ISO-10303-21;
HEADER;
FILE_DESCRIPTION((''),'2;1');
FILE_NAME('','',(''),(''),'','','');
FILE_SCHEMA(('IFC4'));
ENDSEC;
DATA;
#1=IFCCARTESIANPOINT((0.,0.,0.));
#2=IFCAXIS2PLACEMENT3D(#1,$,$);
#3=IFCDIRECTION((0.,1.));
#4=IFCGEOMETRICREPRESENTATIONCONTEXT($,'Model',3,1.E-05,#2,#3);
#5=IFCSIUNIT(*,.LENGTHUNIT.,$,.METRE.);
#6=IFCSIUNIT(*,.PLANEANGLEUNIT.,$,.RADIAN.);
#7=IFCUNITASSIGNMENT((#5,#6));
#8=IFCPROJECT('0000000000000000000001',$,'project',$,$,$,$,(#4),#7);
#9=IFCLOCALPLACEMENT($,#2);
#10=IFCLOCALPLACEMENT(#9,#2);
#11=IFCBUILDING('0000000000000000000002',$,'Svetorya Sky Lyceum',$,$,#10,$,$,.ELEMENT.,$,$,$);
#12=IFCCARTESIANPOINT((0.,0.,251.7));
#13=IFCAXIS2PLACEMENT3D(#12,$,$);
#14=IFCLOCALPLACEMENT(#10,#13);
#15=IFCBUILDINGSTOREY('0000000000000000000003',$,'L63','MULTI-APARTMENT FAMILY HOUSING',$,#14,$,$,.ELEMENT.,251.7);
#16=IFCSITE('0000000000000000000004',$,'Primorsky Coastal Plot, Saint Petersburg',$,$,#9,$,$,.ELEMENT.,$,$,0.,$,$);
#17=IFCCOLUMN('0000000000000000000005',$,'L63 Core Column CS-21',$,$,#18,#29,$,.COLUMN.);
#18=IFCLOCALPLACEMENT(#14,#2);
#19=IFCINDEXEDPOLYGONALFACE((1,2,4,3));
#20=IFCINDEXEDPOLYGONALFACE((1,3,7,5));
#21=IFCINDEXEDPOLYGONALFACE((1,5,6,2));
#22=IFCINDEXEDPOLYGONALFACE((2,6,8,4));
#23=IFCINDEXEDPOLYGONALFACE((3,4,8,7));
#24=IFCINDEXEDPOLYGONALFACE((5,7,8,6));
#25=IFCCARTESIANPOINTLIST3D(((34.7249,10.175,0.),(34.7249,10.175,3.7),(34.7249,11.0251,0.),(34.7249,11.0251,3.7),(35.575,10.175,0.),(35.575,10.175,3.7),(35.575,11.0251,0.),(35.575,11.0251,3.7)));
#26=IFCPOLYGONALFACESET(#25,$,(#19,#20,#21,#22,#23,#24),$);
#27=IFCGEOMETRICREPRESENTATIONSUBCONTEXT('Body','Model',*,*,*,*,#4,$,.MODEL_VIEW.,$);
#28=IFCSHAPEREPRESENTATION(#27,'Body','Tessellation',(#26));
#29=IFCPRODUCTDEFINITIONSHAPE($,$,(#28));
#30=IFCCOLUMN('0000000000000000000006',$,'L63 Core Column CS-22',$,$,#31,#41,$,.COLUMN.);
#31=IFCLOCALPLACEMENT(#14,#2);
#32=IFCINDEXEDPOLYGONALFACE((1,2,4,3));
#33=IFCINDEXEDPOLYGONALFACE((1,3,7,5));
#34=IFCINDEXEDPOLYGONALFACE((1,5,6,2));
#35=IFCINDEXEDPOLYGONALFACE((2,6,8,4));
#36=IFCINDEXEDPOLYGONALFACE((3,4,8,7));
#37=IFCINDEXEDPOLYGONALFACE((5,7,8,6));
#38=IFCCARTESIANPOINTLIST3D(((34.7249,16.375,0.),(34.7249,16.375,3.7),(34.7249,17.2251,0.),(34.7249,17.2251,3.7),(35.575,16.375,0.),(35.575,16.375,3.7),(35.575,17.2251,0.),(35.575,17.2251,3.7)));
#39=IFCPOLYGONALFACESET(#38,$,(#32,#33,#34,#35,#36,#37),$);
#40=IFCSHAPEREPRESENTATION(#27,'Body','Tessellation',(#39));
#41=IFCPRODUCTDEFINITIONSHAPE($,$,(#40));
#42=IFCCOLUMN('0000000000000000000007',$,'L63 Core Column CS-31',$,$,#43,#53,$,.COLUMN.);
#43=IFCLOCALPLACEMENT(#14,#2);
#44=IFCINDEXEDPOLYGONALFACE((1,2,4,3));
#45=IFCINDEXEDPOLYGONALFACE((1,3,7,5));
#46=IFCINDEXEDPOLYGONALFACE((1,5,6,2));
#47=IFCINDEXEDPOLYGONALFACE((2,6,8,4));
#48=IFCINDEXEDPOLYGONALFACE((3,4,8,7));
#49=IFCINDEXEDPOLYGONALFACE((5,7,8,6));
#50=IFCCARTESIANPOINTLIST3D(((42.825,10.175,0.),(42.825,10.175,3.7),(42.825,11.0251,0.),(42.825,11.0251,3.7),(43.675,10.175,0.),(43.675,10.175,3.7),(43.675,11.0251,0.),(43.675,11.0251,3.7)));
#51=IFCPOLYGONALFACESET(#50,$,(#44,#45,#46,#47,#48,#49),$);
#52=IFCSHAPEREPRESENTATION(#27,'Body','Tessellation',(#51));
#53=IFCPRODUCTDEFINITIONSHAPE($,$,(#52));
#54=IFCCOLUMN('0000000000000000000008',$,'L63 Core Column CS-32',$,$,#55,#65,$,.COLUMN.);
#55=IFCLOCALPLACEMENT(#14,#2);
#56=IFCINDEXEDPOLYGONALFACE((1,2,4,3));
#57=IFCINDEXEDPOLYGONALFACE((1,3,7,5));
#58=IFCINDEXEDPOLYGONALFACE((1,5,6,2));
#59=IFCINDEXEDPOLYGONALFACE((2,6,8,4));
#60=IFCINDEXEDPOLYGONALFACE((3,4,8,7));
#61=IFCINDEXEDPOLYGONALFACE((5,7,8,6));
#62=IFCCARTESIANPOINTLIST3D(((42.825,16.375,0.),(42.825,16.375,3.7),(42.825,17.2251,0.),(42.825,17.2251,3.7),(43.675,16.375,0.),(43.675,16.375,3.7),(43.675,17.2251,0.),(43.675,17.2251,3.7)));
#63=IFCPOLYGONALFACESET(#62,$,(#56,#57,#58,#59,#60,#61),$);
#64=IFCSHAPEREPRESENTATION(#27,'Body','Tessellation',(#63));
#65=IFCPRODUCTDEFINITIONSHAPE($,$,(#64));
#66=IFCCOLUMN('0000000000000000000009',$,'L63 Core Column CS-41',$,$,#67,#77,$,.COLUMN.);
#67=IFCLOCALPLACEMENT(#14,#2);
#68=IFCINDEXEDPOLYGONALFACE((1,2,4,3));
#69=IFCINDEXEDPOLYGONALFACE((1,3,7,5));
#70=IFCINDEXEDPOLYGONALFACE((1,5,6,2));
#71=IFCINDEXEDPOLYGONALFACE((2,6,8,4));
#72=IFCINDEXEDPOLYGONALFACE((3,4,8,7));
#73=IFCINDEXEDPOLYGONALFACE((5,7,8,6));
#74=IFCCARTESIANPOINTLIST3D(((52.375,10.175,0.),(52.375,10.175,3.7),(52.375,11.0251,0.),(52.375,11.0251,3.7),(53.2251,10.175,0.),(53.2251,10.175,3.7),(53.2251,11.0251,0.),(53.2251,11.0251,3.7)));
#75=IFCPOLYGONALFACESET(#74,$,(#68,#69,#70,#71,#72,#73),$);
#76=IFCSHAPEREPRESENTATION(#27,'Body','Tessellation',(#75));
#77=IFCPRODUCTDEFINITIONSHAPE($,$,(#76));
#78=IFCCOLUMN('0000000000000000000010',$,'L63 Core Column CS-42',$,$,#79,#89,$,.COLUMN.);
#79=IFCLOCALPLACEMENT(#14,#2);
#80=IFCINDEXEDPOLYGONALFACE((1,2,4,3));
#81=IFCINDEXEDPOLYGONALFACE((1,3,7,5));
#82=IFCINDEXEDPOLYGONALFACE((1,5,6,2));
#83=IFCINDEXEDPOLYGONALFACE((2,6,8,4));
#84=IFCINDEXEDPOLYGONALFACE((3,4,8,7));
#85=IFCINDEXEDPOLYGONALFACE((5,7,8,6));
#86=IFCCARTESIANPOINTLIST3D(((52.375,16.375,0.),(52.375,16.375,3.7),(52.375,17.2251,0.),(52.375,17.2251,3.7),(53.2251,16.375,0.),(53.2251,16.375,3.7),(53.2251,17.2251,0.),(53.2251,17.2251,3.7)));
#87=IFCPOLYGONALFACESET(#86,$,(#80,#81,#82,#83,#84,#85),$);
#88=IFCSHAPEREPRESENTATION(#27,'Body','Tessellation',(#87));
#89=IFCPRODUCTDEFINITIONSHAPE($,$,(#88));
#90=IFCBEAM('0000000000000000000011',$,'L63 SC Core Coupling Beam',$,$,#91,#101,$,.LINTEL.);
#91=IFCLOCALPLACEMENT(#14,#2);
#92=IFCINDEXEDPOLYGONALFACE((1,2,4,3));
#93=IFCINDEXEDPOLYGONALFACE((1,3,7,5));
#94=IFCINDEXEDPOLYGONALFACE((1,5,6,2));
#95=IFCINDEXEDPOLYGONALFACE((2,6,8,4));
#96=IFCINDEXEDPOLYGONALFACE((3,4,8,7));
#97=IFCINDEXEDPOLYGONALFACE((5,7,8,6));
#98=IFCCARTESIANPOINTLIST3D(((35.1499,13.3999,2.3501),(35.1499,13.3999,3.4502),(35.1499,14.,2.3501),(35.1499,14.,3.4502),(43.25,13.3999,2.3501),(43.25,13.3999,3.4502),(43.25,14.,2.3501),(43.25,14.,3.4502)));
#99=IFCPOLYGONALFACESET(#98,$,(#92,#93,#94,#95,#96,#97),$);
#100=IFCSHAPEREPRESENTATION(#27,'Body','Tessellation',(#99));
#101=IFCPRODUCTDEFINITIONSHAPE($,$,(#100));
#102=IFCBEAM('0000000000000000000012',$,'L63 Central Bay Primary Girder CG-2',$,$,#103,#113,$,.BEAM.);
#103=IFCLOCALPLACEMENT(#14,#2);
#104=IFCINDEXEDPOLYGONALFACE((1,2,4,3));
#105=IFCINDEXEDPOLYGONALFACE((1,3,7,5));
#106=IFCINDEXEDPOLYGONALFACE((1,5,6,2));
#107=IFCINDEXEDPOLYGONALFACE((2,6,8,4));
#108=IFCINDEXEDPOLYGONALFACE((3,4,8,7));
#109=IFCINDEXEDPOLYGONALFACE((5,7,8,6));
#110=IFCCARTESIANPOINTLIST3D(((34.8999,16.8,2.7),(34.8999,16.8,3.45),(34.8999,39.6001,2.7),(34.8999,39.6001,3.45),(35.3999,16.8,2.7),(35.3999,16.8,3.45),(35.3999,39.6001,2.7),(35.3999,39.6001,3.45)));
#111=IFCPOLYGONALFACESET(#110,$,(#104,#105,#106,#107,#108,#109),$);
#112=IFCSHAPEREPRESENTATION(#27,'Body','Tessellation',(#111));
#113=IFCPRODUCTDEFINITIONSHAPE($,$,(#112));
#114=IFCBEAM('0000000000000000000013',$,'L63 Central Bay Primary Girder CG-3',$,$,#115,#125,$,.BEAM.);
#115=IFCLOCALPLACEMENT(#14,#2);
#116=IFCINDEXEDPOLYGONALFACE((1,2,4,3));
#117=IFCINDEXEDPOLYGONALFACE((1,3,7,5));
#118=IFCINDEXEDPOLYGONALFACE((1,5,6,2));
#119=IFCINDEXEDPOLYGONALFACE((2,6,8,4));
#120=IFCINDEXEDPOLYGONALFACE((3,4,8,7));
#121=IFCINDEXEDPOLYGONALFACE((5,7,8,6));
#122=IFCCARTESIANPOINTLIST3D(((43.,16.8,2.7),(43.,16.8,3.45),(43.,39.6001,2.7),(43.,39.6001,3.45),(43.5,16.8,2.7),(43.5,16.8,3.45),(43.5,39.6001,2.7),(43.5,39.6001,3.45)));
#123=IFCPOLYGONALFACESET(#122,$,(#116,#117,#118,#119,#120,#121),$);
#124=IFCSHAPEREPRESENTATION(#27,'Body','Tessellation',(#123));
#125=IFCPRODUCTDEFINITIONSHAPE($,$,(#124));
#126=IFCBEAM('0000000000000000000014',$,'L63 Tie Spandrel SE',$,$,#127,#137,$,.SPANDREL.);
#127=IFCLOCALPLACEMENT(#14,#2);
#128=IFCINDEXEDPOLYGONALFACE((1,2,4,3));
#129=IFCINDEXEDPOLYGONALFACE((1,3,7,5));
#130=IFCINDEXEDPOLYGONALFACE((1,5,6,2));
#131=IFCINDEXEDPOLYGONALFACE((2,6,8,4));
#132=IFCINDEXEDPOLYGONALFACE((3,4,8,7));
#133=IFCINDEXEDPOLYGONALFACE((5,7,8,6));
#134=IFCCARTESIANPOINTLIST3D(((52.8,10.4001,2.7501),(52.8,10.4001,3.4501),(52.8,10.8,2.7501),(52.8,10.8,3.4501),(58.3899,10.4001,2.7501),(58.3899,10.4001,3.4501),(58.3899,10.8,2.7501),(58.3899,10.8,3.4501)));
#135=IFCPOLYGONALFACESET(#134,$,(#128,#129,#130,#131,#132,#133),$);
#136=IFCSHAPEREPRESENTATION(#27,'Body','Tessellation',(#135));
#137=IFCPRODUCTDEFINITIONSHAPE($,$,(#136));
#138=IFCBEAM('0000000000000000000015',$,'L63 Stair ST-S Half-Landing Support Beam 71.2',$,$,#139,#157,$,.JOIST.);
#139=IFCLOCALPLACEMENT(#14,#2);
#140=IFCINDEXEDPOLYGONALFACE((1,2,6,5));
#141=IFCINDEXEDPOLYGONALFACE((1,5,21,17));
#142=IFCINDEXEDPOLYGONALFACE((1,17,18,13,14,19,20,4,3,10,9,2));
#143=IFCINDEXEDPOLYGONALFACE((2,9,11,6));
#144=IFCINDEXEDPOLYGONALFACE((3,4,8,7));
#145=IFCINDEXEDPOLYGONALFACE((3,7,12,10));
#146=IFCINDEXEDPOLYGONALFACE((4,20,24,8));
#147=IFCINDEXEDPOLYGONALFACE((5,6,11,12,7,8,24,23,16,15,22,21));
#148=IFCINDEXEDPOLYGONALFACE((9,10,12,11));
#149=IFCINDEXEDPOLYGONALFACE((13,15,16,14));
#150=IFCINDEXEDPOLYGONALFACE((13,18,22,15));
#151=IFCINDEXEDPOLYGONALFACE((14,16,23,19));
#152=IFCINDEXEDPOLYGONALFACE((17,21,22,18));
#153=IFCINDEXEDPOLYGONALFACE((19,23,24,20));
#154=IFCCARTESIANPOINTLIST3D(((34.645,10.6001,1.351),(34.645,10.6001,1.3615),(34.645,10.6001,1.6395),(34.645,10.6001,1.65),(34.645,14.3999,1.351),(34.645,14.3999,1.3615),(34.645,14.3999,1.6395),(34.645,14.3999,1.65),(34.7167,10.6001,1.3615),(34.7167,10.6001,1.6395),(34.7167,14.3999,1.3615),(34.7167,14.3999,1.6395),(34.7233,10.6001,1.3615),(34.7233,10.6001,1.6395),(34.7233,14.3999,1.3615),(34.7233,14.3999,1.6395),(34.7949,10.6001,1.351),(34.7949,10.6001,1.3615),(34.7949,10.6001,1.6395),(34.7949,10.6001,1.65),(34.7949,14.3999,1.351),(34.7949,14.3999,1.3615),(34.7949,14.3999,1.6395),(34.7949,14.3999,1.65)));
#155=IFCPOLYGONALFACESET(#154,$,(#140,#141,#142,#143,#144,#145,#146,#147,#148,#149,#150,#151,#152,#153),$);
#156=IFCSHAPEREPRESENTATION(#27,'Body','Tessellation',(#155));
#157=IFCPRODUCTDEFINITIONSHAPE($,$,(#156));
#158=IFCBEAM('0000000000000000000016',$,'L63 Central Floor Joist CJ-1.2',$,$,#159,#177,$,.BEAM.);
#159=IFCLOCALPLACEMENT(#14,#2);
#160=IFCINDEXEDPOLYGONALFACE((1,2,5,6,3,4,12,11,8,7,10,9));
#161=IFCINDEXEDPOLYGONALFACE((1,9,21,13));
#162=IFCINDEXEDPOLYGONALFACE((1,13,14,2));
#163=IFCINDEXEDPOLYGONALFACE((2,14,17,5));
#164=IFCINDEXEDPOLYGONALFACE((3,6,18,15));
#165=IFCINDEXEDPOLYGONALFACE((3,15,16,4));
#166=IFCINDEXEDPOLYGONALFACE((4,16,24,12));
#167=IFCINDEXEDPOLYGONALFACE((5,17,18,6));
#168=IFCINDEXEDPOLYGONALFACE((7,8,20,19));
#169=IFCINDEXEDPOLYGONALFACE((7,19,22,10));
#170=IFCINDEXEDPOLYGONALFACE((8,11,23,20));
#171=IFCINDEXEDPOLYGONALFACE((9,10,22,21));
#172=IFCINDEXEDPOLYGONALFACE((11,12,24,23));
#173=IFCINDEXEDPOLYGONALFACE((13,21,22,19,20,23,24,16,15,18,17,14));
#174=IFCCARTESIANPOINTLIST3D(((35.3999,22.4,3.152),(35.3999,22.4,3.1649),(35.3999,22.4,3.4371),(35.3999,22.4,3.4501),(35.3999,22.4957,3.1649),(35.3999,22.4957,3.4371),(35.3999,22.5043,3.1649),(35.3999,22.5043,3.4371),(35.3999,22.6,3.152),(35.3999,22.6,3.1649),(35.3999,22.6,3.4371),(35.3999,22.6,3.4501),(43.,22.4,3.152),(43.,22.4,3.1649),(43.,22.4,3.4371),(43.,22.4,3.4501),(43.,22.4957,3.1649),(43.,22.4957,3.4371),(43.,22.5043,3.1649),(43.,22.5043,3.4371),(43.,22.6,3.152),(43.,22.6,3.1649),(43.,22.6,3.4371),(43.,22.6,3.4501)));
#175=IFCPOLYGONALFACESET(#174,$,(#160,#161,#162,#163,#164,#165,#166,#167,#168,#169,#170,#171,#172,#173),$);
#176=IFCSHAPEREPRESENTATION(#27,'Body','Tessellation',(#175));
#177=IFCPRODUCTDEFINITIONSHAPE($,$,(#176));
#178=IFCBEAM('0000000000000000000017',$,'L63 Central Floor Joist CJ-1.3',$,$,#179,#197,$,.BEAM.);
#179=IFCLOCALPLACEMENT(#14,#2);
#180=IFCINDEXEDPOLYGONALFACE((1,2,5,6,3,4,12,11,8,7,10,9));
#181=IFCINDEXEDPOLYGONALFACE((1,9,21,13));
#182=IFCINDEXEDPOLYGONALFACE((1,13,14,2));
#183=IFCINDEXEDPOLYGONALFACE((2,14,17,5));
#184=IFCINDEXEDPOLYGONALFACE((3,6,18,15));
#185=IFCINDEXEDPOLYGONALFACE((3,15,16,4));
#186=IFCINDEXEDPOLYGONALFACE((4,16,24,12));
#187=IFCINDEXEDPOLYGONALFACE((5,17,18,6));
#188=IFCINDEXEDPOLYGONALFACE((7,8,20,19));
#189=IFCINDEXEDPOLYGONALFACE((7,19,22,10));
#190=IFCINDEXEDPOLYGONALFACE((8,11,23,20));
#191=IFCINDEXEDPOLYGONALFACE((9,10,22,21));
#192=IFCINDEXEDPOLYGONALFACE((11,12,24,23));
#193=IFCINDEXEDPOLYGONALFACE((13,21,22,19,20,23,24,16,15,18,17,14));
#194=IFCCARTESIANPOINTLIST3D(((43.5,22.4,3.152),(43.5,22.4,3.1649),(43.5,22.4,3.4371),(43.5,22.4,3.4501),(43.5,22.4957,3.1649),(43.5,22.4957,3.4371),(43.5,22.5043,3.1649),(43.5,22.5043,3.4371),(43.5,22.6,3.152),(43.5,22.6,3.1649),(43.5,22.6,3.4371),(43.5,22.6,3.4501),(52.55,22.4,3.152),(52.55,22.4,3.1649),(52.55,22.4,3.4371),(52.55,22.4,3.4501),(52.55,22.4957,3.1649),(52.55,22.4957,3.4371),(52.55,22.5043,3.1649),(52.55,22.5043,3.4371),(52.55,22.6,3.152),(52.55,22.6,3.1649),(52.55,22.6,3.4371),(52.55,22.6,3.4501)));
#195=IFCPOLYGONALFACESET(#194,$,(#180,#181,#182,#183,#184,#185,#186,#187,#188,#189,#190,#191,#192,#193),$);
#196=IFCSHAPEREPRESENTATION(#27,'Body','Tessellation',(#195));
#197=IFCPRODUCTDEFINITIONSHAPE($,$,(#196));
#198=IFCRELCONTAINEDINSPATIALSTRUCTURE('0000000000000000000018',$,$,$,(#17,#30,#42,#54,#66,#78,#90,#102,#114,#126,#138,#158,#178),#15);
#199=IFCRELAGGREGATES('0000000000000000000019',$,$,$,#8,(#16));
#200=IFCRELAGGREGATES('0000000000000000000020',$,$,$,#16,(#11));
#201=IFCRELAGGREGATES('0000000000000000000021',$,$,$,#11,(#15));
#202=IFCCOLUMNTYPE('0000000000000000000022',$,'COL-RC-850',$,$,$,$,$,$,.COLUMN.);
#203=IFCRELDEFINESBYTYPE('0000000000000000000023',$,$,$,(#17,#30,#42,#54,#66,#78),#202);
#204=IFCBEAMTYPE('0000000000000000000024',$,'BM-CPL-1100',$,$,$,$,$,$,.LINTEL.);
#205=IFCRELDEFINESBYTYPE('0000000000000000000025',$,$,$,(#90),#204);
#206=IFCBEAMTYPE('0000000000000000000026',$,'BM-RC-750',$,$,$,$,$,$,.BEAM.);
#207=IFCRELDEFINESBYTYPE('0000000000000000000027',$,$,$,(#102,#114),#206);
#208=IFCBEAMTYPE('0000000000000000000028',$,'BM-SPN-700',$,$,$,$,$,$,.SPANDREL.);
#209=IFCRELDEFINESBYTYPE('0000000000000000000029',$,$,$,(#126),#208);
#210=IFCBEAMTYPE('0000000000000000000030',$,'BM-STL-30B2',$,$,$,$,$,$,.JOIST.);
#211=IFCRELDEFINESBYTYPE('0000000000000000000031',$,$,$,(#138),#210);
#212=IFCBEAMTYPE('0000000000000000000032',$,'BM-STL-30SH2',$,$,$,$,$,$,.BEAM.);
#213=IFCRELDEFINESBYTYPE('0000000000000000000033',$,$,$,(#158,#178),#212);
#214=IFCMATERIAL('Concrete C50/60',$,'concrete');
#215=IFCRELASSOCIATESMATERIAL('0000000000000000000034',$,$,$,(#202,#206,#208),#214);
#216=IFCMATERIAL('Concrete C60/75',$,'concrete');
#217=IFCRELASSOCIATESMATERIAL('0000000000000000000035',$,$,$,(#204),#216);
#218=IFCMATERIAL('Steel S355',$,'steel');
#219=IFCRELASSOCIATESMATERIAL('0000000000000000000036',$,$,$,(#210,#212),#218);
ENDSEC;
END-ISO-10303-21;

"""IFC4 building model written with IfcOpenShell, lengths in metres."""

from ifc_helpers import new_model, si_unit, direction, frame, origin, origin_2d, place, context, subcontext, project, spatial, rectangle, i_section, extrude, material, material_profile, profile_set, type_object, element, save


model = new_model("IFC4")

# Units and contexts
model_context = context("Model", 3, precision=1e-05, world=origin(), true_north=direction((0.0, 1.0)))
body_context = subcontext(model_context, "Body", "Model", "MODEL_VIEW")
ifc_project = project(units=[si_unit("LENGTHUNIT", "METRE"), si_unit("PLANEANGLEUNIT", "RADIAN")], contexts=[model_context])

# Site, building, storey
site_placement = place(None, origin())
site = spatial("IfcSite", under=ifc_project, at=site_placement, Name="Primorsky Coastal Plot, Saint Petersburg", CompositionType="ELEMENT", RefElevation=0.0)
building_placement = place(site_placement, origin())
building = spatial("IfcBuilding", under=site, at=building_placement, Name="Svetorya Sky Lyceum", CompositionType="ELEMENT")
storey_placement = place(building_placement, frame((0.0, 0.0, 251.7)))
storey = spatial("IfcBuildingStorey", under=building, at=storey_placement, Name="L63", Description="MULTI-APARTMENT FAMILY HOUSING", CompositionType="ELEMENT", Elevation=251.7)

# Columns
ifc_material_1 = material(Name="Concrete C50/60", Category="concrete")
ifc_material_profile_1 = material_profile(ifc_material_1, rectangle(XDim=0.8501, YDim=0.8501, at=origin_2d()), Name="RC COL 850x850")
ifc_profile_set_1 = profile_set([ifc_material_profile_1], Name="Concrete C50/60")
column_type = type_object("IfcColumnType", Name="COL-RC-850", PredefinedType="COLUMN", material=ifc_profile_set_1)
for number, where, z_axis, x_axis, name in (
    (1, (35.1499, 10.6001, 0.0), (0.0, 0.0, 1.0), (1.0, 0.0, 0.0), "L63 Core Column CS-21"),
    (2, (35.1499, 16.8, 0.0), (0.0, 0.0, 1.0), (1.0, 0.0, 0.0), "L63 Core Column CS-22"),
    (3, (43.25, 10.6001, 0.0), (0.0, 0.0, 1.0), (1.0, 0.0, 0.0), "L63 Core Column CS-31"),
    (4, (43.25, 16.8, 0.0), (0.0, 0.0, 1.0), (1.0, 0.0, 0.0), "L63 Core Column CS-32"),
    (5, (52.8, 10.6001, 0.0), (0.0, 0.0, 1.0), (1.0, 0.0, 0.0), "L63 Core Column CS-41"),
    (6, (52.8, 16.8, 0.0), (0.0, 0.0, 1.0), (1.0, 0.0, 0.0), "L63 Core Column CS-42"),
):
    element("IfcColumn", number, at=place(storey_placement, frame(where, z_axis=z_axis, x_axis=x_axis)), inside=storey, type_object=column_type, Name=name, PredefinedType="COLUMN", context=body_context, shape_type="SweptSolid", body=[
        extrude(rectangle(XDim=0.8501, YDim=0.8501, at=origin_2d()), origin(), (0.0, 0.0, 1.0), 3.7),
    ])

# Beams
ifc_material_2 = material(Name="Concrete C60/75", Category="concrete")
ifc_material_profile_2 = material_profile(ifc_material_2, rectangle(XDim=0.6001, YDim=1.1001, at=origin_2d()), Name="RC COUPLING 600x1100")
ifc_profile_set_2 = profile_set([ifc_material_profile_2], Name="Concrete C60/75")
beam_type_1 = type_object("IfcBeamType", Name="BM-CPL-1100", PredefinedType="LINTEL", material=ifc_profile_set_2)
beam_1_placement = place(storey_placement, frame((35.1499, 13.7, 2.9001), z_axis=(1.0, 0.0, 0.0), x_axis=(0.0, 1.0, 0.0)))
element("IfcBeam", 7, at=beam_1_placement, inside=storey, type_object=beam_type_1, Name="L63 SC Core Coupling Beam", PredefinedType="LINTEL", context=body_context, shape_type="SweptSolid", body=[
    extrude(rectangle(XDim=0.6001, YDim=1.1001, at=origin_2d()), origin(), (0.0, 0.0, 1.0), 8.1001),
])
ifc_material_profile_3 = material_profile(ifc_material_1, rectangle(XDim=0.5, YDim=0.75, at=origin_2d()), Name="RC BEAM 500x750")
ifc_profile_set_3 = profile_set([ifc_material_profile_3], Name="Concrete C50/60")
beam_type_2 = type_object("IfcBeamType", Name="BM-RC-750", PredefinedType="BEAM", material=ifc_profile_set_3)
for number, where, z_axis, x_axis, name in (
    (8, (35.1499, 16.8, 3.075), (0.0, 1.0, 0.0), (-1.0, 0.0, 0.0), "L63 Central Bay Primary Girder CG-2"),
    (9, (43.25, 16.8, 3.075), (0.0, 1.0, 0.0), (-1.0, 0.0, 0.0), "L63 Central Bay Primary Girder CG-3"),
):
    element("IfcBeam", number, at=place(storey_placement, frame(where, z_axis=z_axis, x_axis=x_axis)), inside=storey, type_object=beam_type_2, Name=name, PredefinedType="BEAM", context=body_context, shape_type="SweptSolid", body=[
        extrude(rectangle(XDim=0.5, YDim=0.75, at=origin_2d()), origin(), (0.0, 0.0, 1.0), 22.8),
    ])
ifc_material_profile_4 = material_profile(ifc_material_1, rectangle(XDim=0.3999, YDim=0.7, at=origin_2d()), Name="RC SPANDREL 400x700")
ifc_profile_set_4 = profile_set([ifc_material_profile_4], Name="Concrete C50/60")
beam_type_3 = type_object("IfcBeamType", Name="BM-SPN-700", PredefinedType="SPANDREL", material=ifc_profile_set_4)
beam_2_placement = place(storey_placement, frame((52.8, 10.6001, 3.1001), z_axis=(1.0, 0.0, 0.0), x_axis=(0.0, 1.0, 0.0)))
element("IfcBeam", 10, at=beam_2_placement, inside=storey, type_object=beam_type_3, Name="L63 Tie Spandrel SE", PredefinedType="SPANDREL", context=body_context, shape_type="SweptSolid", body=[
    extrude(rectangle(XDim=0.3999, YDim=0.7, at=origin_2d()), origin(), (0.0, 0.0, 1.0), 5.5898),
])
ifc_material_3 = material(Name="Steel S355", Category="steel")
ifc_material_profile_5 = material_profile(ifc_material_3, i_section(OverallWidth=0.1499, OverallDepth=0.2991, WebThickness=0.0066, FlangeThickness=0.0105, at=origin_2d()), Name="GOST 30B2")
ifc_profile_set_5 = profile_set([ifc_material_profile_5], Name="Steel S355")
beam_type_4 = type_object("IfcBeamType", Name="BM-STL-30B2", PredefinedType="JOIST", material=ifc_profile_set_5)
beam_3_placement = place(storey_placement, frame((34.72, 10.6001, 1.5005), z_axis=(0.0, 1.0, 0.0), x_axis=(-1.0, 0.0, 0.0)))
element("IfcBeam", 11, at=beam_3_placement, inside=storey, type_object=beam_type_4, Name="L63 Stair ST-S Half-Landing Support Beam 71.2", PredefinedType="JOIST", context=body_context, shape_type="SweptSolid", body=[
    extrude(i_section(OverallWidth=0.1499, OverallDepth=0.2991, WebThickness=0.0066, FlangeThickness=0.0105, at=origin_2d()), origin(), (0.0, 0.0, 1.0), 3.7998),
])
ifc_material_profile_6 = material_profile(ifc_material_3, i_section(OverallWidth=0.2, OverallDepth=0.2981, WebThickness=0.0085, FlangeThickness=0.0129, at=origin_2d()), Name="GOST 30Sh2")
ifc_profile_set_6 = profile_set([ifc_material_profile_6], Name="Steel S355")
beam_type_5 = type_object("IfcBeamType", Name="BM-STL-30SH2", PredefinedType="BEAM", material=ifc_profile_set_6)
beam_4_placement = place(storey_placement, frame((35.3999, 22.5, 3.301), z_axis=(1.0, 0.0, 0.0), x_axis=(0.0, 1.0, 0.0)))
element("IfcBeam", 12, at=beam_4_placement, inside=storey, type_object=beam_type_5, Name="L63 Central Floor Joist CJ-1.2", PredefinedType="BEAM", context=body_context, shape_type="SweptSolid", body=[
    extrude(i_section(OverallWidth=0.2, OverallDepth=0.2981, WebThickness=0.0085, FlangeThickness=0.0129, at=origin_2d()), origin(), (0.0, 0.0, 1.0), 7.6001),
])
beam_5_placement = place(storey_placement, frame((43.5, 22.5, 3.301), z_axis=(1.0, 0.0, 0.0), x_axis=(0.0, 1.0, 0.0)))
element("IfcBeam", 13, at=beam_5_placement, inside=storey, type_object=beam_type_5, Name="L63 Central Floor Joist CJ-1.3", PredefinedType="BEAM", context=body_context, shape_type="SweptSolid", body=[
    extrude(i_section(OverallWidth=0.2, OverallDepth=0.2981, WebThickness=0.0085, FlangeThickness=0.0129, at=origin_2d()), origin(), (0.0, 0.0, 1.0), 9.05),
])

save(model, "model.ifc")
